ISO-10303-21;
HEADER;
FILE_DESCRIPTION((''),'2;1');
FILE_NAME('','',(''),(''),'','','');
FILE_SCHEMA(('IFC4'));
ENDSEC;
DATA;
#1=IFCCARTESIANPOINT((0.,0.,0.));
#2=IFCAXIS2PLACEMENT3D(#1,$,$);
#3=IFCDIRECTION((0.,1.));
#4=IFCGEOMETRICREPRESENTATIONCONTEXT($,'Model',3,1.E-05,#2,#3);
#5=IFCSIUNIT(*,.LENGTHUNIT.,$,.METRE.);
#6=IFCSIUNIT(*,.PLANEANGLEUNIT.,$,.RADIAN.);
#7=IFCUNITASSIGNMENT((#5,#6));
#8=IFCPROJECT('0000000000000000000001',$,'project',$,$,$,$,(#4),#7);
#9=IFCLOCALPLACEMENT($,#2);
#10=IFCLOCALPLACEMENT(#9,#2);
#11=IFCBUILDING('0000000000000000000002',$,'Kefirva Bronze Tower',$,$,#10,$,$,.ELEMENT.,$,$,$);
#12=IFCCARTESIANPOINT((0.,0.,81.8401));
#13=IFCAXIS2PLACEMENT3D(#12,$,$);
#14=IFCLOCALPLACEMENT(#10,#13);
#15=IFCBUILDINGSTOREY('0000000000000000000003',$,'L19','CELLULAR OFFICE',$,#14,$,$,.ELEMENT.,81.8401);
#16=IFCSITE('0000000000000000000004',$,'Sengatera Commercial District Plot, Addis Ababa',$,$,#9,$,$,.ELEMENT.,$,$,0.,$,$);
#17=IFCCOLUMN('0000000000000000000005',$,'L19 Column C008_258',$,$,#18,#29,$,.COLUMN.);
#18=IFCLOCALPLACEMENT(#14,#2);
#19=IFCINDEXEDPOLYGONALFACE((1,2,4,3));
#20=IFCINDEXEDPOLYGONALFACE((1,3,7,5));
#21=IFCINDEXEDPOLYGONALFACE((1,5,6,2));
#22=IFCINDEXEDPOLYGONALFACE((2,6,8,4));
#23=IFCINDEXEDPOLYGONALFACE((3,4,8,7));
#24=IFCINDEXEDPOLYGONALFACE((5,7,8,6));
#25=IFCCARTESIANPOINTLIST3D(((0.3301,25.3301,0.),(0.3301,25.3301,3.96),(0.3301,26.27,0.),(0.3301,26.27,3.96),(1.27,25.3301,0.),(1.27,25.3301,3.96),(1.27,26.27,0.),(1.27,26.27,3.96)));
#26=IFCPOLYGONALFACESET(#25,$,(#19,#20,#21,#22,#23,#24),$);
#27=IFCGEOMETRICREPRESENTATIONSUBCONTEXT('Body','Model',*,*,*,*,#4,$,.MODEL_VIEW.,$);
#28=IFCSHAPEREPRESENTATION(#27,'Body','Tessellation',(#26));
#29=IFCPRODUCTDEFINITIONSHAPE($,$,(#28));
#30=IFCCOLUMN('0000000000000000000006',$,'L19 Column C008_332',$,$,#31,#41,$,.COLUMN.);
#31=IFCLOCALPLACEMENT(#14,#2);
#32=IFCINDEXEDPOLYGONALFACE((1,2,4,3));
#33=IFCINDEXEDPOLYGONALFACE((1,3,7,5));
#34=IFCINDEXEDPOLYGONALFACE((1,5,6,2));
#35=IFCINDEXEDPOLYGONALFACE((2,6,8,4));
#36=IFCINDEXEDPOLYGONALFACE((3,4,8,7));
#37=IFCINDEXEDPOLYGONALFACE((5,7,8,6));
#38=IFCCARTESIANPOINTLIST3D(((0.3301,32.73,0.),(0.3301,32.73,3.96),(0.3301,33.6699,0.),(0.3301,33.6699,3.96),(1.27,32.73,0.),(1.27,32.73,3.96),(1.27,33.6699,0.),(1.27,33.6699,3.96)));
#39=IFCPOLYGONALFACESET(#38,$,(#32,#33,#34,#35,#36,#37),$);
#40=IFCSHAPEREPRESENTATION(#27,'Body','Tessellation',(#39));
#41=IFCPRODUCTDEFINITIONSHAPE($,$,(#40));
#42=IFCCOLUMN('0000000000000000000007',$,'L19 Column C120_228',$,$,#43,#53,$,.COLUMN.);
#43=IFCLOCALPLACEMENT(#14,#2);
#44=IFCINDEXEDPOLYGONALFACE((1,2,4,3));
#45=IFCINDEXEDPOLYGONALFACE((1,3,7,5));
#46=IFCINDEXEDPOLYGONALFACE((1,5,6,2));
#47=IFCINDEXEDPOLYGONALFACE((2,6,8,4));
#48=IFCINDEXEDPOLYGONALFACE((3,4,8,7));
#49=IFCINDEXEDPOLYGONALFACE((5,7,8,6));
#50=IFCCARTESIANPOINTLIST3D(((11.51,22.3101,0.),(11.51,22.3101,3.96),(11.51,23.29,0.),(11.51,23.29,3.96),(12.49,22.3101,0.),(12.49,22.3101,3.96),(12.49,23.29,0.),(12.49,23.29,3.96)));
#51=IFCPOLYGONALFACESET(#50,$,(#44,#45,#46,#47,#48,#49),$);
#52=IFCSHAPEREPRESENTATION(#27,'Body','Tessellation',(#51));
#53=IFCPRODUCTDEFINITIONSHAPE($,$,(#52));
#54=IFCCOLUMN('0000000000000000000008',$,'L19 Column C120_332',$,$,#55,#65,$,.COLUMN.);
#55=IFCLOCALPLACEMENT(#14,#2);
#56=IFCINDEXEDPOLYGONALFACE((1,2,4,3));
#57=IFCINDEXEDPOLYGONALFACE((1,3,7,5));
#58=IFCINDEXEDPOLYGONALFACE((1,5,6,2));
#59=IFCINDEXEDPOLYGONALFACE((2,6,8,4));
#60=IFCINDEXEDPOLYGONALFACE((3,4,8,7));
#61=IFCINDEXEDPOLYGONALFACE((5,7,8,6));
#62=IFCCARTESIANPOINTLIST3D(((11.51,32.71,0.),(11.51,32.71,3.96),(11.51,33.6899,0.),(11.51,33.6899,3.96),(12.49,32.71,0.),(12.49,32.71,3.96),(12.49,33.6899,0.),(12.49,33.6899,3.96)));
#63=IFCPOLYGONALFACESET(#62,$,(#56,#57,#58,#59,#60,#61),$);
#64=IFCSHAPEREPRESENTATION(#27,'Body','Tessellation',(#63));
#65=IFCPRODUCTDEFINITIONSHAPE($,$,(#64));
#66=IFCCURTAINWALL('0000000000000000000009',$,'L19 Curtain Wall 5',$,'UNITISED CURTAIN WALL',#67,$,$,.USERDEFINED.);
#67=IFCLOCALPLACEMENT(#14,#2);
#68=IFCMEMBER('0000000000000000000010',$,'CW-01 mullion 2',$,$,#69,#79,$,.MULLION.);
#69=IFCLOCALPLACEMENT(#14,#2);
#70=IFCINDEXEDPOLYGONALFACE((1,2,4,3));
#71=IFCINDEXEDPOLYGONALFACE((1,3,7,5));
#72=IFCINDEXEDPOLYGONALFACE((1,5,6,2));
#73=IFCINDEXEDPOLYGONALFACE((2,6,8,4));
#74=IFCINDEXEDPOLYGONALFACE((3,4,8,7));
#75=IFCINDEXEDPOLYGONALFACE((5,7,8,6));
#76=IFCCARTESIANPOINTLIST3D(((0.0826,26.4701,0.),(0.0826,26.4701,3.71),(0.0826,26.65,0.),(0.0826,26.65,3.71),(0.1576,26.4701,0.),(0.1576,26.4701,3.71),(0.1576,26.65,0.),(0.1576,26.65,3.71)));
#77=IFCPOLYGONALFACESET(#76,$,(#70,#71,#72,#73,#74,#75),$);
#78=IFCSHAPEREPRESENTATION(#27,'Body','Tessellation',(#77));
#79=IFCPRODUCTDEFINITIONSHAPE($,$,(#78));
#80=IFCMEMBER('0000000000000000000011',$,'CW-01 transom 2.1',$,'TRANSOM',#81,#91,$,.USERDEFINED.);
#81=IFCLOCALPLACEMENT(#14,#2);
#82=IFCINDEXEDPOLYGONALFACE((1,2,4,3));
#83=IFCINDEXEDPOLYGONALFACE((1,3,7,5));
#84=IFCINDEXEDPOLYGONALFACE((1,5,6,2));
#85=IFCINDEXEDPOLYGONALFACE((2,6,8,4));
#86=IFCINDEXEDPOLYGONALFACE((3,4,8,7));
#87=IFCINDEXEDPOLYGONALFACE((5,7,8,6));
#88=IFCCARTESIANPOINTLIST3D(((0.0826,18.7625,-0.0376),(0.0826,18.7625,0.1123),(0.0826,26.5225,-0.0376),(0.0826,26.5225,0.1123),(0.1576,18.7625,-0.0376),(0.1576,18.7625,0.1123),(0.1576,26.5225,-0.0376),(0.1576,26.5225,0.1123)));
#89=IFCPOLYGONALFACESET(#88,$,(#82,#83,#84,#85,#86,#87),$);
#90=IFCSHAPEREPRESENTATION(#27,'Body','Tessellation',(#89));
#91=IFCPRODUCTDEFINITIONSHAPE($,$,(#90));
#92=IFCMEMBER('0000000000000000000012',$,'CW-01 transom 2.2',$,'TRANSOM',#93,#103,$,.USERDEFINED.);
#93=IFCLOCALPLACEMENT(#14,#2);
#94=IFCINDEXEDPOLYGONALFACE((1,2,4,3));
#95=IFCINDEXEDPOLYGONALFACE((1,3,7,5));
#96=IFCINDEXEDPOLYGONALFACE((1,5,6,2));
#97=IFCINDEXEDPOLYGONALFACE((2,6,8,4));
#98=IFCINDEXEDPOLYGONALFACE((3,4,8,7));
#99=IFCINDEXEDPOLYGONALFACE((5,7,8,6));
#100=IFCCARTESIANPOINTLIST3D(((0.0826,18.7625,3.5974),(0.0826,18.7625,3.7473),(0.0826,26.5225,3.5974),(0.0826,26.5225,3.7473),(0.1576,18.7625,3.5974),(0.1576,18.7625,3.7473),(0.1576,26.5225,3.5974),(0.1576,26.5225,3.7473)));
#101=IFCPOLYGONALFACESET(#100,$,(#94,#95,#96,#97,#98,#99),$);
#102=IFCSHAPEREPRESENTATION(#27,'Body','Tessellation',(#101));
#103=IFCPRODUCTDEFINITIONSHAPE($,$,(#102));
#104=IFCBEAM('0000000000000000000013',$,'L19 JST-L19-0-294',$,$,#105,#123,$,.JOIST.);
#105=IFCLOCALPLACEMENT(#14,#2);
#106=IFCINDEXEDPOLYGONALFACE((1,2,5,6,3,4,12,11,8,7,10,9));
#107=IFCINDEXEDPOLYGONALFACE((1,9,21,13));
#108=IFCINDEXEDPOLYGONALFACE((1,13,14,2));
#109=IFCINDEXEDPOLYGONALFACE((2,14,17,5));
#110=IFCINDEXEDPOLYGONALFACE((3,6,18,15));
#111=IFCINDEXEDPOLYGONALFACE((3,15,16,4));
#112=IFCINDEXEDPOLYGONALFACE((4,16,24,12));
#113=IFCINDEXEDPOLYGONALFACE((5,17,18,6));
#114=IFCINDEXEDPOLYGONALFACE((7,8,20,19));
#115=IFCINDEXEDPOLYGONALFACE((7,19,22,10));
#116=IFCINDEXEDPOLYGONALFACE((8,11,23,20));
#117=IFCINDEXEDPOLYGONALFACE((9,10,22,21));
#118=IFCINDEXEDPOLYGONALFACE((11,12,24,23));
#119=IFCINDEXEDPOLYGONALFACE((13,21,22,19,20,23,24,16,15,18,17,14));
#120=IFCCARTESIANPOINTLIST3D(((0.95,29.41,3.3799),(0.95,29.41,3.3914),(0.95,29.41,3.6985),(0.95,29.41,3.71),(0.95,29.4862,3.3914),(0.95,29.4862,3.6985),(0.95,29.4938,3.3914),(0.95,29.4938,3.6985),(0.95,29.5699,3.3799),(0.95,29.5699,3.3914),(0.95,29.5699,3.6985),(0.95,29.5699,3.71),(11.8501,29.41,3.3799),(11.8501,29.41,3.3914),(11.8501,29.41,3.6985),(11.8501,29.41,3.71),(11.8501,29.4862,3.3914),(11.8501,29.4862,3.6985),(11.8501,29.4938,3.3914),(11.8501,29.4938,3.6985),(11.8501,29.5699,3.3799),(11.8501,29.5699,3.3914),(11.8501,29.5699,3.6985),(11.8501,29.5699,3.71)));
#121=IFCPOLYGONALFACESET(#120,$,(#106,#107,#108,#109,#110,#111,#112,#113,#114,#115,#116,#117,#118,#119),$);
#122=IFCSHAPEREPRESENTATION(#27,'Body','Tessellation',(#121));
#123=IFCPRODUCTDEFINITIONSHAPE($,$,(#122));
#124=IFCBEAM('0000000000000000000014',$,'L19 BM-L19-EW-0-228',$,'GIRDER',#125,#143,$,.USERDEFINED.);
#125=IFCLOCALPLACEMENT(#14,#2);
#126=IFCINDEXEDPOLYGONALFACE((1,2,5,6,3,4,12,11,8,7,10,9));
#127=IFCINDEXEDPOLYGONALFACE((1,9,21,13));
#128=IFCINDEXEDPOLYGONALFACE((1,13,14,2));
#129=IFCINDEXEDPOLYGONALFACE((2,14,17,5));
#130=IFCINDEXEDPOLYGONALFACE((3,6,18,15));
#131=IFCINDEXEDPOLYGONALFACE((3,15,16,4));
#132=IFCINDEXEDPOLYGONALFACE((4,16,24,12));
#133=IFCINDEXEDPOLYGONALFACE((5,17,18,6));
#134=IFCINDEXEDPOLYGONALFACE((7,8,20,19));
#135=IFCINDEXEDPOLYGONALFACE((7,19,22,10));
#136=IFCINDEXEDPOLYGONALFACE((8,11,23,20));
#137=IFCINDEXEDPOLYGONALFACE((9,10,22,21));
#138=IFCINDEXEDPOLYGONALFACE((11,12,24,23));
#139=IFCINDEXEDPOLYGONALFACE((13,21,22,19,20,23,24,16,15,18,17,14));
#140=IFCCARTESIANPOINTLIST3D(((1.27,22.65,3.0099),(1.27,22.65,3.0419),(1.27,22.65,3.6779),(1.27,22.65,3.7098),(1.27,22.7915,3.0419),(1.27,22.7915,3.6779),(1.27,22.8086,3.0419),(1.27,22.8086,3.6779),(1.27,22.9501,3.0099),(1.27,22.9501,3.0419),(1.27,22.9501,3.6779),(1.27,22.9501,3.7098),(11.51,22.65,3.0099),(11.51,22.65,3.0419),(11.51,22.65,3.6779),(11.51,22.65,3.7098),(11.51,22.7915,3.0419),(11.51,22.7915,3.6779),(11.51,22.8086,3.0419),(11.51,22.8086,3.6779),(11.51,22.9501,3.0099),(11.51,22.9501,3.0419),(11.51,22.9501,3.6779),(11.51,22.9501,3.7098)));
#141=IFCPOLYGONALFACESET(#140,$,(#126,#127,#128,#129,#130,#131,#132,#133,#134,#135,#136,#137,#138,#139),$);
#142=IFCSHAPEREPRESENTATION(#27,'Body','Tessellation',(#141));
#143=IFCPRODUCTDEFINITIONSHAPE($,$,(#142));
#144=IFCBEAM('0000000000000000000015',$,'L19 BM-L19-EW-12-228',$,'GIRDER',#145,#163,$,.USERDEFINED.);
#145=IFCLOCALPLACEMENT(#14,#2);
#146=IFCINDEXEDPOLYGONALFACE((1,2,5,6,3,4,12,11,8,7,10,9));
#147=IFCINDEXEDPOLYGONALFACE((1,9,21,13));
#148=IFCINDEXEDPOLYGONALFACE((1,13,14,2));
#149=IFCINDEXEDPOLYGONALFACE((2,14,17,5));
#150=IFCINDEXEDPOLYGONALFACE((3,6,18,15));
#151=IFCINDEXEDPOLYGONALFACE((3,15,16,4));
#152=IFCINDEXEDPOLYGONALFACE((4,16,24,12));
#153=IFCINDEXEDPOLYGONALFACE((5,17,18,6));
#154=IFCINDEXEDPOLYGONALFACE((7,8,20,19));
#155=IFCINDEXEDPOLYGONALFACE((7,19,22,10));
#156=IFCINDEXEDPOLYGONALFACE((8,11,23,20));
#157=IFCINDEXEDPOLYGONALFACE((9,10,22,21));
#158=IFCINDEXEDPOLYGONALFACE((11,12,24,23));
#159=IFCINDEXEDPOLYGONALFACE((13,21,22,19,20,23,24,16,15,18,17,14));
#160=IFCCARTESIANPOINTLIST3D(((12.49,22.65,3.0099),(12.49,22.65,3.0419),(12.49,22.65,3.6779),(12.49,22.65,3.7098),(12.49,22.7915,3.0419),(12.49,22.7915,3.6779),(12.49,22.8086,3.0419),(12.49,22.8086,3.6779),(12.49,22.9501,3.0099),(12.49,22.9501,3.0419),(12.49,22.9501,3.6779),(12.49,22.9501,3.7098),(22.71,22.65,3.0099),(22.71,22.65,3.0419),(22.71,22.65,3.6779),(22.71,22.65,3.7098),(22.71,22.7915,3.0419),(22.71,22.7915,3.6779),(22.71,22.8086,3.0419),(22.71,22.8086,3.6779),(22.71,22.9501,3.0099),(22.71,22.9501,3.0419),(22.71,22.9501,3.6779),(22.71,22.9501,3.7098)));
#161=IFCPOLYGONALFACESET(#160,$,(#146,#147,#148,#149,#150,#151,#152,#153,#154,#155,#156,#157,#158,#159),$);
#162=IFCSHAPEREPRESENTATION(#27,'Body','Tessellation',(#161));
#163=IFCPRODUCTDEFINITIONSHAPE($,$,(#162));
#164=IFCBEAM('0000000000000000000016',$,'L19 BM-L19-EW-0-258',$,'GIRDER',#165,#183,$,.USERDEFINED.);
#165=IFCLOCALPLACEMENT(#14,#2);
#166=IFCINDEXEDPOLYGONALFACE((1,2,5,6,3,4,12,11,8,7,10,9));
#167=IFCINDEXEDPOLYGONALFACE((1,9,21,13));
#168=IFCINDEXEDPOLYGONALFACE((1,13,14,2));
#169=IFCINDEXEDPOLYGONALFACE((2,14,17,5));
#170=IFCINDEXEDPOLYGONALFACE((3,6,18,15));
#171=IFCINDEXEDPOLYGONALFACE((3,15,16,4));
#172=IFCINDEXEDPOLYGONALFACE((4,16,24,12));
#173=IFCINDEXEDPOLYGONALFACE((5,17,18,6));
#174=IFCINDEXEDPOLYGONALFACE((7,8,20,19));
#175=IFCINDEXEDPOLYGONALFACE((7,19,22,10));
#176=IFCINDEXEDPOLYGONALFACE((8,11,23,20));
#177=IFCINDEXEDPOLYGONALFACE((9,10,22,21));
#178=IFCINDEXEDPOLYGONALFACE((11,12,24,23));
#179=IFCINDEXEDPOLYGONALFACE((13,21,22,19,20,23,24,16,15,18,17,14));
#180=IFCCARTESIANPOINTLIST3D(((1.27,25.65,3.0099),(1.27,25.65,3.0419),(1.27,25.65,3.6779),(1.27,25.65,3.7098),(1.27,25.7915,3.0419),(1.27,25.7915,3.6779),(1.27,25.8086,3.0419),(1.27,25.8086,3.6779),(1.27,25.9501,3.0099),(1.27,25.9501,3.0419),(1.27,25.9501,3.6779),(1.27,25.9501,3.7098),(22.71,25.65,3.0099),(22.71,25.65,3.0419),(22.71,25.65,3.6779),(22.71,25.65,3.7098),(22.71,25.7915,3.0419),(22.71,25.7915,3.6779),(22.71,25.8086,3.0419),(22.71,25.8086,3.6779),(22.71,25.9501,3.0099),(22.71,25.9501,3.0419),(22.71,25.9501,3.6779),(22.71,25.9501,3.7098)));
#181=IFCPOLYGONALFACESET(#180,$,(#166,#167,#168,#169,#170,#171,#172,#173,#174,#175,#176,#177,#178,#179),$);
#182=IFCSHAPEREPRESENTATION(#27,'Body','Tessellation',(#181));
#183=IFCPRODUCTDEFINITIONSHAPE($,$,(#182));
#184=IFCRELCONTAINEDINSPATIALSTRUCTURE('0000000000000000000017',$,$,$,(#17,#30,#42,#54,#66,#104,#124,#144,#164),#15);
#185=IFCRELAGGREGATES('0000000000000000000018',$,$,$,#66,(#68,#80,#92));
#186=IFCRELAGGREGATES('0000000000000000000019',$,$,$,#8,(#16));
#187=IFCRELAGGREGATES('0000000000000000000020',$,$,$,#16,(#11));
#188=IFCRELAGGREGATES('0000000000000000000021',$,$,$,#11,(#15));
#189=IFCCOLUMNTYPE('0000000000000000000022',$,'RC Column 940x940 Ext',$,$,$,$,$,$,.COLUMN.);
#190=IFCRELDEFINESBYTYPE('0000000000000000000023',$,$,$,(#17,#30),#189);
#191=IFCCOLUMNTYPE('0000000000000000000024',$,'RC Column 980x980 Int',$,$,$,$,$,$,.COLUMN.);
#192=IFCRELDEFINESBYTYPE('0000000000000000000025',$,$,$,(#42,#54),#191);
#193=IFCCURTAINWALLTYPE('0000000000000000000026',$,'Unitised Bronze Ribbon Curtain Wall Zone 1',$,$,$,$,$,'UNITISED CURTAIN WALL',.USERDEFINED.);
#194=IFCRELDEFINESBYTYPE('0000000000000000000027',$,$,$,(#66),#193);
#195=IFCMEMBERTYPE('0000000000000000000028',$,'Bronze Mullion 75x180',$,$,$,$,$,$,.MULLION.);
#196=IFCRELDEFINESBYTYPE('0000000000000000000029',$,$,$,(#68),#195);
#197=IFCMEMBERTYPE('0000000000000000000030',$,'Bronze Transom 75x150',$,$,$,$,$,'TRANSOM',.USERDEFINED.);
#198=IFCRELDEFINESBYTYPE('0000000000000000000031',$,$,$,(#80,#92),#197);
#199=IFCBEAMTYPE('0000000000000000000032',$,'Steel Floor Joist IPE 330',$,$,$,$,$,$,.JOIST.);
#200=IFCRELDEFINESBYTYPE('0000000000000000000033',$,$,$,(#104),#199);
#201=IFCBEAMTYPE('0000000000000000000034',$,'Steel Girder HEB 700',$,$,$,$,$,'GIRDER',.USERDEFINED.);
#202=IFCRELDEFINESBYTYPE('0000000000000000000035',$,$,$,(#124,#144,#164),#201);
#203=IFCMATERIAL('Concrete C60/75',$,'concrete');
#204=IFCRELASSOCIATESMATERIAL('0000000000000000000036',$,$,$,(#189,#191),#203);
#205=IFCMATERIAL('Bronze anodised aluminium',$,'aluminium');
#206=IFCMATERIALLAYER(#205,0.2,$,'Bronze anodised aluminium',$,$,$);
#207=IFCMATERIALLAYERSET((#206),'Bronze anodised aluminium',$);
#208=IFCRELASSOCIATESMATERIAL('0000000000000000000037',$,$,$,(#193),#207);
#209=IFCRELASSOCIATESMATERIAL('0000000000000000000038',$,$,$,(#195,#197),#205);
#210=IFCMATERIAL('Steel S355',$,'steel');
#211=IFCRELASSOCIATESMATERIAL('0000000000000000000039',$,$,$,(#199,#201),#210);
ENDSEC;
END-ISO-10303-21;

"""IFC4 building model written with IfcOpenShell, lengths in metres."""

from ifc_helpers import new_model, si_unit, direction, frame, origin, origin_2d, place, context, subcontext, project, spatial, rectangle, i_section, extrude, material, layer, layer_set, material_profile, profile_set, type_object, element, aggregate, save


model = new_model("IFC4")

# Units and contexts
model_context = context("Model", 3, precision=1e-05, world=origin(), true_north=direction((0.0, 1.0)))
body_context = subcontext(model_context, "Body", "Model", "MODEL_VIEW")
ifc_project = project(units=[si_unit("LENGTHUNIT", "METRE"), si_unit("PLANEANGLEUNIT", "RADIAN")], contexts=[model_context])

# Site, building, storey
site_placement = place(None, origin())
site = spatial("IfcSite", under=ifc_project, at=site_placement, Name="Sengatera Commercial District Plot, Addis Ababa", CompositionType="ELEMENT", RefElevation=0.0)
building_placement = place(site_placement, origin())
building = spatial("IfcBuilding", under=site, at=building_placement, Name="Kefirva Bronze Tower", CompositionType="ELEMENT")
storey_placement = place(building_placement, frame((0.0, 0.0, 81.8401)))
storey = spatial("IfcBuildingStorey", under=building, at=storey_placement, Name="L19", Description="CELLULAR OFFICE", CompositionType="ELEMENT", Elevation=81.8401)

# Columns
ifc_material_1 = material(Name="Concrete C60/75", Category="concrete")
ifc_material_profile_1 = material_profile(ifc_material_1, rectangle(XDim=0.9399, YDim=0.9399, at=origin_2d()), Name="RC 940x940")
ifc_profile_set_1 = profile_set([ifc_material_profile_1], Name="Concrete C60/75")
column_type_1 = type_object("IfcColumnType", Name="RC Column 940x940 Ext", PredefinedType="COLUMN", material=ifc_profile_set_1)
for number, where, z_axis, x_axis, name in (
    (1, (0.8, 25.8, 0.0), (0.0, 0.0, 1.0), (1.0, 0.0, 0.0), "L19 Column C008_258"),
    (2, (0.8, 33.2, 0.0), (0.0, 0.0, 1.0), (1.0, 0.0, 0.0), "L19 Column C008_332"),
):
    element("IfcColumn", number, at=place(storey_placement, frame(where, z_axis=z_axis, x_axis=x_axis)), inside=storey, type_object=column_type_1, Name=name, PredefinedType="COLUMN", context=body_context, shape_type="SweptSolid", body=[
        extrude(rectangle(XDim=0.9399, YDim=0.9399, at=origin_2d()), origin(), (0.0, 0.0, 1.0), 3.96),
    ])
ifc_material_profile_2 = material_profile(ifc_material_1, rectangle(XDim=0.98, YDim=0.98, at=origin_2d()), Name="RC 980x980")
ifc_profile_set_2 = profile_set([ifc_material_profile_2], Name="Concrete C60/75")
column_type_2 = type_object("IfcColumnType", Name="RC Column 980x980 Int", PredefinedType="COLUMN", material=ifc_profile_set_2)
for number, where, z_axis, x_axis, name in (
    (3, (12.0, 22.8, 0.0), (0.0, 0.0, 1.0), (1.0, 0.0, 0.0), "L19 Column C120_228"),
    (4, (12.0, 33.2, 0.0), (0.0, 0.0, 1.0), (1.0, 0.0, 0.0), "L19 Column C120_332"),
):
    element("IfcColumn", number, at=place(storey_placement, frame(where, z_axis=z_axis, x_axis=x_axis)), inside=storey, type_object=column_type_2, Name=name, PredefinedType="COLUMN", context=body_context, shape_type="SweptSolid", body=[
        extrude(rectangle(XDim=0.98, YDim=0.98, at=origin_2d()), origin(), (0.0, 0.0, 1.0), 3.96),
    ])

# Curtain wall, members
ifc_material_2 = material(Name="Bronze anodised aluminium", Category="aluminium")
ifc_layer_1 = layer(ifc_material_2, 0.2, Name="Bronze anodised aluminium")
ifc_layer_set_1 = layer_set([ifc_layer_1], Name="Bronze anodised aluminium")
curtain_wall_type = type_object("IfcCurtainWallType", Name="Unitised Bronze Ribbon Curtain Wall Zone 1", ElementType="UNITISED CURTAIN WALL", PredefinedType="USERDEFINED", material=ifc_layer_set_1)
curtain_wall_placement = place(storey_placement, origin())
curtain_wall = element("IfcCurtainWall", 5, at=curtain_wall_placement, inside=storey, type_object=curtain_wall_type, Name="L19 Curtain Wall 5", ObjectType="UNITISED CURTAIN WALL", PredefinedType="USERDEFINED")
ifc_material_profile_3 = material_profile(ifc_material_2, rectangle(XDim=0.075, YDim=0.1799, at=origin_2d()), Name="ALU 75x180")
ifc_profile_set_3 = profile_set([ifc_material_profile_3], Name="Bronze anodised aluminium")
member_type_1 = type_object("IfcMemberType", Name="Bronze Mullion 75x180", PredefinedType="MULLION", material=ifc_profile_set_3)
member_1_placement = place(storey_placement, frame((0.1201, 26.5601, 0.0), z_axis=(0.0, 0.0, 1.0), x_axis=(1.0, 0.0, 0.0)))
member_1 = element("IfcMember", 6, at=member_1_placement, type_object=member_type_1, Name="CW-01 mullion 2", PredefinedType="MULLION", context=body_context, shape_type="SweptSolid", body=[
    extrude(rectangle(XDim=0.075, YDim=0.1799, at=origin_2d()), origin(), (0.0, 0.0, 1.0), 3.71),
])
ifc_material_profile_4 = material_profile(ifc_material_2, rectangle(XDim=0.075, YDim=0.1499, at=origin_2d()), Name="ALU 75x150")
ifc_profile_set_4 = profile_set([ifc_material_profile_4], Name="Bronze anodised aluminium")
member_type_2 = type_object("IfcMemberType", Name="Bronze Transom 75x150", ElementType="TRANSOM", PredefinedType="USERDEFINED", material=ifc_profile_set_4)
member_2_placement = place(storey_placement, frame((0.1201, 26.5225, 0.0374), z_axis=(0.0, -1.0, 0.0), x_axis=(1.0, 0.0, 0.0)))
member_2 = element("IfcMember", 7, at=member_2_placement, type_object=member_type_2, Name="CW-01 transom 2.1", ObjectType="TRANSOM", PredefinedType="USERDEFINED", context=body_context, shape_type="SweptSolid", body=[
    extrude(rectangle(XDim=0.075, YDim=0.1499, at=origin_2d()), origin(), (0.0, 0.0, 1.0), 7.76),
])
member_3_placement = place(storey_placement, frame((0.1201, 26.5225, 3.6724), z_axis=(0.0, -1.0, 0.0), x_axis=(1.0, 0.0, 0.0)))
member_3 = element("IfcMember", 8, at=member_3_placement, type_object=member_type_2, Name="CW-01 transom 2.2", ObjectType="TRANSOM", PredefinedType="USERDEFINED", context=body_context, shape_type="SweptSolid", body=[
    extrude(rectangle(XDim=0.075, YDim=0.1499, at=origin_2d()), origin(), (0.0, 0.0, 1.0), 7.76),
])

# Beams
ifc_material_3 = material(Name="Steel S355", Category="steel")
ifc_material_profile_5 = material_profile(ifc_material_3, i_section(OverallWidth=0.1599, OverallDepth=0.3301, WebThickness=0.0076, FlangeThickness=0.0115, at=origin_2d()), Name="IPE 330")
ifc_profile_set_5 = profile_set([ifc_material_profile_5], Name="Steel S355")
beam_type_1 = type_object("IfcBeamType", Name="Steel Floor Joist IPE 330", PredefinedType="JOIST", material=ifc_profile_set_5)
beam_1_placement = place(storey_placement, frame((0.95, 29.49, 3.5449), z_axis=(1.0, 0.0, 0.0), x_axis=(0.0, 1.0, 0.0)))
element("IfcBeam", 9, at=beam_1_placement, inside=storey, type_object=beam_type_1, Name="L19 JST-L19-0-294", PredefinedType="JOIST", context=body_context, shape_type="SweptSolid", body=[
    extrude(i_section(OverallWidth=0.1599, OverallDepth=0.3301, WebThickness=0.0076, FlangeThickness=0.0115, at=origin_2d()), origin(), (0.0, 0.0, 1.0), 10.9001),
])
ifc_material_profile_6 = material_profile(ifc_material_3, i_section(OverallWidth=0.3, OverallDepth=0.7, WebThickness=0.0171, FlangeThickness=0.032, at=origin_2d()), Name="HEB 700")
ifc_profile_set_6 = profile_set([ifc_material_profile_6], Name="Steel S355")
beam_type_2 = type_object("IfcBeamType", Name="Steel Girder HEB 700", ElementType="GIRDER", PredefinedType="USERDEFINED", material=ifc_profile_set_6)
beam_2_placement = place(storey_placement, frame((1.27, 22.8, 3.3599), z_axis=(1.0, 0.0, 0.0), x_axis=(0.0, 1.0, 0.0)))
element("IfcBeam", 10, at=beam_2_placement, inside=storey, type_object=beam_type_2, Name="L19 BM-L19-EW-0-228", ObjectType="GIRDER", PredefinedType="USERDEFINED", context=body_context, shape_type="SweptSolid", body=[
    extrude(i_section(OverallWidth=0.3, OverallDepth=0.7, WebThickness=0.0171, FlangeThickness=0.032, at=origin_2d()), origin(), (0.0, 0.0, 1.0), 10.24),
])
beam_3_placement = place(storey_placement, frame((12.49, 22.8, 3.3599), z_axis=(1.0, 0.0, 0.0), x_axis=(0.0, 1.0, 0.0)))
element("IfcBeam", 11, at=beam_3_placement, inside=storey, type_object=beam_type_2, Name="L19 BM-L19-EW-12-228", ObjectType="GIRDER", PredefinedType="USERDEFINED", context=body_context, shape_type="SweptSolid", body=[
    extrude(i_section(OverallWidth=0.3, OverallDepth=0.7, WebThickness=0.0171, FlangeThickness=0.032, at=origin_2d()), origin(), (0.0, 0.0, 1.0), 10.22),
])
beam_4_placement = place(storey_placement, frame((1.27, 25.8, 3.3599), z_axis=(1.0, 0.0, 0.0), x_axis=(0.0, 1.0, 0.0)))
element("IfcBeam", 12, at=beam_4_placement, inside=storey, type_object=beam_type_2, Name="L19 BM-L19-EW-0-258", ObjectType="GIRDER", PredefinedType="USERDEFINED", context=body_context, shape_type="SweptSolid", body=[
    extrude(i_section(OverallWidth=0.3, OverallDepth=0.7, WebThickness=0.0171, FlangeThickness=0.032, at=origin_2d()), origin(), (0.0, 0.0, 1.0), 21.4399),
])

aggregate(curtain_wall, [member_1, member_2, member_3])

save(model, "model.ifc")
